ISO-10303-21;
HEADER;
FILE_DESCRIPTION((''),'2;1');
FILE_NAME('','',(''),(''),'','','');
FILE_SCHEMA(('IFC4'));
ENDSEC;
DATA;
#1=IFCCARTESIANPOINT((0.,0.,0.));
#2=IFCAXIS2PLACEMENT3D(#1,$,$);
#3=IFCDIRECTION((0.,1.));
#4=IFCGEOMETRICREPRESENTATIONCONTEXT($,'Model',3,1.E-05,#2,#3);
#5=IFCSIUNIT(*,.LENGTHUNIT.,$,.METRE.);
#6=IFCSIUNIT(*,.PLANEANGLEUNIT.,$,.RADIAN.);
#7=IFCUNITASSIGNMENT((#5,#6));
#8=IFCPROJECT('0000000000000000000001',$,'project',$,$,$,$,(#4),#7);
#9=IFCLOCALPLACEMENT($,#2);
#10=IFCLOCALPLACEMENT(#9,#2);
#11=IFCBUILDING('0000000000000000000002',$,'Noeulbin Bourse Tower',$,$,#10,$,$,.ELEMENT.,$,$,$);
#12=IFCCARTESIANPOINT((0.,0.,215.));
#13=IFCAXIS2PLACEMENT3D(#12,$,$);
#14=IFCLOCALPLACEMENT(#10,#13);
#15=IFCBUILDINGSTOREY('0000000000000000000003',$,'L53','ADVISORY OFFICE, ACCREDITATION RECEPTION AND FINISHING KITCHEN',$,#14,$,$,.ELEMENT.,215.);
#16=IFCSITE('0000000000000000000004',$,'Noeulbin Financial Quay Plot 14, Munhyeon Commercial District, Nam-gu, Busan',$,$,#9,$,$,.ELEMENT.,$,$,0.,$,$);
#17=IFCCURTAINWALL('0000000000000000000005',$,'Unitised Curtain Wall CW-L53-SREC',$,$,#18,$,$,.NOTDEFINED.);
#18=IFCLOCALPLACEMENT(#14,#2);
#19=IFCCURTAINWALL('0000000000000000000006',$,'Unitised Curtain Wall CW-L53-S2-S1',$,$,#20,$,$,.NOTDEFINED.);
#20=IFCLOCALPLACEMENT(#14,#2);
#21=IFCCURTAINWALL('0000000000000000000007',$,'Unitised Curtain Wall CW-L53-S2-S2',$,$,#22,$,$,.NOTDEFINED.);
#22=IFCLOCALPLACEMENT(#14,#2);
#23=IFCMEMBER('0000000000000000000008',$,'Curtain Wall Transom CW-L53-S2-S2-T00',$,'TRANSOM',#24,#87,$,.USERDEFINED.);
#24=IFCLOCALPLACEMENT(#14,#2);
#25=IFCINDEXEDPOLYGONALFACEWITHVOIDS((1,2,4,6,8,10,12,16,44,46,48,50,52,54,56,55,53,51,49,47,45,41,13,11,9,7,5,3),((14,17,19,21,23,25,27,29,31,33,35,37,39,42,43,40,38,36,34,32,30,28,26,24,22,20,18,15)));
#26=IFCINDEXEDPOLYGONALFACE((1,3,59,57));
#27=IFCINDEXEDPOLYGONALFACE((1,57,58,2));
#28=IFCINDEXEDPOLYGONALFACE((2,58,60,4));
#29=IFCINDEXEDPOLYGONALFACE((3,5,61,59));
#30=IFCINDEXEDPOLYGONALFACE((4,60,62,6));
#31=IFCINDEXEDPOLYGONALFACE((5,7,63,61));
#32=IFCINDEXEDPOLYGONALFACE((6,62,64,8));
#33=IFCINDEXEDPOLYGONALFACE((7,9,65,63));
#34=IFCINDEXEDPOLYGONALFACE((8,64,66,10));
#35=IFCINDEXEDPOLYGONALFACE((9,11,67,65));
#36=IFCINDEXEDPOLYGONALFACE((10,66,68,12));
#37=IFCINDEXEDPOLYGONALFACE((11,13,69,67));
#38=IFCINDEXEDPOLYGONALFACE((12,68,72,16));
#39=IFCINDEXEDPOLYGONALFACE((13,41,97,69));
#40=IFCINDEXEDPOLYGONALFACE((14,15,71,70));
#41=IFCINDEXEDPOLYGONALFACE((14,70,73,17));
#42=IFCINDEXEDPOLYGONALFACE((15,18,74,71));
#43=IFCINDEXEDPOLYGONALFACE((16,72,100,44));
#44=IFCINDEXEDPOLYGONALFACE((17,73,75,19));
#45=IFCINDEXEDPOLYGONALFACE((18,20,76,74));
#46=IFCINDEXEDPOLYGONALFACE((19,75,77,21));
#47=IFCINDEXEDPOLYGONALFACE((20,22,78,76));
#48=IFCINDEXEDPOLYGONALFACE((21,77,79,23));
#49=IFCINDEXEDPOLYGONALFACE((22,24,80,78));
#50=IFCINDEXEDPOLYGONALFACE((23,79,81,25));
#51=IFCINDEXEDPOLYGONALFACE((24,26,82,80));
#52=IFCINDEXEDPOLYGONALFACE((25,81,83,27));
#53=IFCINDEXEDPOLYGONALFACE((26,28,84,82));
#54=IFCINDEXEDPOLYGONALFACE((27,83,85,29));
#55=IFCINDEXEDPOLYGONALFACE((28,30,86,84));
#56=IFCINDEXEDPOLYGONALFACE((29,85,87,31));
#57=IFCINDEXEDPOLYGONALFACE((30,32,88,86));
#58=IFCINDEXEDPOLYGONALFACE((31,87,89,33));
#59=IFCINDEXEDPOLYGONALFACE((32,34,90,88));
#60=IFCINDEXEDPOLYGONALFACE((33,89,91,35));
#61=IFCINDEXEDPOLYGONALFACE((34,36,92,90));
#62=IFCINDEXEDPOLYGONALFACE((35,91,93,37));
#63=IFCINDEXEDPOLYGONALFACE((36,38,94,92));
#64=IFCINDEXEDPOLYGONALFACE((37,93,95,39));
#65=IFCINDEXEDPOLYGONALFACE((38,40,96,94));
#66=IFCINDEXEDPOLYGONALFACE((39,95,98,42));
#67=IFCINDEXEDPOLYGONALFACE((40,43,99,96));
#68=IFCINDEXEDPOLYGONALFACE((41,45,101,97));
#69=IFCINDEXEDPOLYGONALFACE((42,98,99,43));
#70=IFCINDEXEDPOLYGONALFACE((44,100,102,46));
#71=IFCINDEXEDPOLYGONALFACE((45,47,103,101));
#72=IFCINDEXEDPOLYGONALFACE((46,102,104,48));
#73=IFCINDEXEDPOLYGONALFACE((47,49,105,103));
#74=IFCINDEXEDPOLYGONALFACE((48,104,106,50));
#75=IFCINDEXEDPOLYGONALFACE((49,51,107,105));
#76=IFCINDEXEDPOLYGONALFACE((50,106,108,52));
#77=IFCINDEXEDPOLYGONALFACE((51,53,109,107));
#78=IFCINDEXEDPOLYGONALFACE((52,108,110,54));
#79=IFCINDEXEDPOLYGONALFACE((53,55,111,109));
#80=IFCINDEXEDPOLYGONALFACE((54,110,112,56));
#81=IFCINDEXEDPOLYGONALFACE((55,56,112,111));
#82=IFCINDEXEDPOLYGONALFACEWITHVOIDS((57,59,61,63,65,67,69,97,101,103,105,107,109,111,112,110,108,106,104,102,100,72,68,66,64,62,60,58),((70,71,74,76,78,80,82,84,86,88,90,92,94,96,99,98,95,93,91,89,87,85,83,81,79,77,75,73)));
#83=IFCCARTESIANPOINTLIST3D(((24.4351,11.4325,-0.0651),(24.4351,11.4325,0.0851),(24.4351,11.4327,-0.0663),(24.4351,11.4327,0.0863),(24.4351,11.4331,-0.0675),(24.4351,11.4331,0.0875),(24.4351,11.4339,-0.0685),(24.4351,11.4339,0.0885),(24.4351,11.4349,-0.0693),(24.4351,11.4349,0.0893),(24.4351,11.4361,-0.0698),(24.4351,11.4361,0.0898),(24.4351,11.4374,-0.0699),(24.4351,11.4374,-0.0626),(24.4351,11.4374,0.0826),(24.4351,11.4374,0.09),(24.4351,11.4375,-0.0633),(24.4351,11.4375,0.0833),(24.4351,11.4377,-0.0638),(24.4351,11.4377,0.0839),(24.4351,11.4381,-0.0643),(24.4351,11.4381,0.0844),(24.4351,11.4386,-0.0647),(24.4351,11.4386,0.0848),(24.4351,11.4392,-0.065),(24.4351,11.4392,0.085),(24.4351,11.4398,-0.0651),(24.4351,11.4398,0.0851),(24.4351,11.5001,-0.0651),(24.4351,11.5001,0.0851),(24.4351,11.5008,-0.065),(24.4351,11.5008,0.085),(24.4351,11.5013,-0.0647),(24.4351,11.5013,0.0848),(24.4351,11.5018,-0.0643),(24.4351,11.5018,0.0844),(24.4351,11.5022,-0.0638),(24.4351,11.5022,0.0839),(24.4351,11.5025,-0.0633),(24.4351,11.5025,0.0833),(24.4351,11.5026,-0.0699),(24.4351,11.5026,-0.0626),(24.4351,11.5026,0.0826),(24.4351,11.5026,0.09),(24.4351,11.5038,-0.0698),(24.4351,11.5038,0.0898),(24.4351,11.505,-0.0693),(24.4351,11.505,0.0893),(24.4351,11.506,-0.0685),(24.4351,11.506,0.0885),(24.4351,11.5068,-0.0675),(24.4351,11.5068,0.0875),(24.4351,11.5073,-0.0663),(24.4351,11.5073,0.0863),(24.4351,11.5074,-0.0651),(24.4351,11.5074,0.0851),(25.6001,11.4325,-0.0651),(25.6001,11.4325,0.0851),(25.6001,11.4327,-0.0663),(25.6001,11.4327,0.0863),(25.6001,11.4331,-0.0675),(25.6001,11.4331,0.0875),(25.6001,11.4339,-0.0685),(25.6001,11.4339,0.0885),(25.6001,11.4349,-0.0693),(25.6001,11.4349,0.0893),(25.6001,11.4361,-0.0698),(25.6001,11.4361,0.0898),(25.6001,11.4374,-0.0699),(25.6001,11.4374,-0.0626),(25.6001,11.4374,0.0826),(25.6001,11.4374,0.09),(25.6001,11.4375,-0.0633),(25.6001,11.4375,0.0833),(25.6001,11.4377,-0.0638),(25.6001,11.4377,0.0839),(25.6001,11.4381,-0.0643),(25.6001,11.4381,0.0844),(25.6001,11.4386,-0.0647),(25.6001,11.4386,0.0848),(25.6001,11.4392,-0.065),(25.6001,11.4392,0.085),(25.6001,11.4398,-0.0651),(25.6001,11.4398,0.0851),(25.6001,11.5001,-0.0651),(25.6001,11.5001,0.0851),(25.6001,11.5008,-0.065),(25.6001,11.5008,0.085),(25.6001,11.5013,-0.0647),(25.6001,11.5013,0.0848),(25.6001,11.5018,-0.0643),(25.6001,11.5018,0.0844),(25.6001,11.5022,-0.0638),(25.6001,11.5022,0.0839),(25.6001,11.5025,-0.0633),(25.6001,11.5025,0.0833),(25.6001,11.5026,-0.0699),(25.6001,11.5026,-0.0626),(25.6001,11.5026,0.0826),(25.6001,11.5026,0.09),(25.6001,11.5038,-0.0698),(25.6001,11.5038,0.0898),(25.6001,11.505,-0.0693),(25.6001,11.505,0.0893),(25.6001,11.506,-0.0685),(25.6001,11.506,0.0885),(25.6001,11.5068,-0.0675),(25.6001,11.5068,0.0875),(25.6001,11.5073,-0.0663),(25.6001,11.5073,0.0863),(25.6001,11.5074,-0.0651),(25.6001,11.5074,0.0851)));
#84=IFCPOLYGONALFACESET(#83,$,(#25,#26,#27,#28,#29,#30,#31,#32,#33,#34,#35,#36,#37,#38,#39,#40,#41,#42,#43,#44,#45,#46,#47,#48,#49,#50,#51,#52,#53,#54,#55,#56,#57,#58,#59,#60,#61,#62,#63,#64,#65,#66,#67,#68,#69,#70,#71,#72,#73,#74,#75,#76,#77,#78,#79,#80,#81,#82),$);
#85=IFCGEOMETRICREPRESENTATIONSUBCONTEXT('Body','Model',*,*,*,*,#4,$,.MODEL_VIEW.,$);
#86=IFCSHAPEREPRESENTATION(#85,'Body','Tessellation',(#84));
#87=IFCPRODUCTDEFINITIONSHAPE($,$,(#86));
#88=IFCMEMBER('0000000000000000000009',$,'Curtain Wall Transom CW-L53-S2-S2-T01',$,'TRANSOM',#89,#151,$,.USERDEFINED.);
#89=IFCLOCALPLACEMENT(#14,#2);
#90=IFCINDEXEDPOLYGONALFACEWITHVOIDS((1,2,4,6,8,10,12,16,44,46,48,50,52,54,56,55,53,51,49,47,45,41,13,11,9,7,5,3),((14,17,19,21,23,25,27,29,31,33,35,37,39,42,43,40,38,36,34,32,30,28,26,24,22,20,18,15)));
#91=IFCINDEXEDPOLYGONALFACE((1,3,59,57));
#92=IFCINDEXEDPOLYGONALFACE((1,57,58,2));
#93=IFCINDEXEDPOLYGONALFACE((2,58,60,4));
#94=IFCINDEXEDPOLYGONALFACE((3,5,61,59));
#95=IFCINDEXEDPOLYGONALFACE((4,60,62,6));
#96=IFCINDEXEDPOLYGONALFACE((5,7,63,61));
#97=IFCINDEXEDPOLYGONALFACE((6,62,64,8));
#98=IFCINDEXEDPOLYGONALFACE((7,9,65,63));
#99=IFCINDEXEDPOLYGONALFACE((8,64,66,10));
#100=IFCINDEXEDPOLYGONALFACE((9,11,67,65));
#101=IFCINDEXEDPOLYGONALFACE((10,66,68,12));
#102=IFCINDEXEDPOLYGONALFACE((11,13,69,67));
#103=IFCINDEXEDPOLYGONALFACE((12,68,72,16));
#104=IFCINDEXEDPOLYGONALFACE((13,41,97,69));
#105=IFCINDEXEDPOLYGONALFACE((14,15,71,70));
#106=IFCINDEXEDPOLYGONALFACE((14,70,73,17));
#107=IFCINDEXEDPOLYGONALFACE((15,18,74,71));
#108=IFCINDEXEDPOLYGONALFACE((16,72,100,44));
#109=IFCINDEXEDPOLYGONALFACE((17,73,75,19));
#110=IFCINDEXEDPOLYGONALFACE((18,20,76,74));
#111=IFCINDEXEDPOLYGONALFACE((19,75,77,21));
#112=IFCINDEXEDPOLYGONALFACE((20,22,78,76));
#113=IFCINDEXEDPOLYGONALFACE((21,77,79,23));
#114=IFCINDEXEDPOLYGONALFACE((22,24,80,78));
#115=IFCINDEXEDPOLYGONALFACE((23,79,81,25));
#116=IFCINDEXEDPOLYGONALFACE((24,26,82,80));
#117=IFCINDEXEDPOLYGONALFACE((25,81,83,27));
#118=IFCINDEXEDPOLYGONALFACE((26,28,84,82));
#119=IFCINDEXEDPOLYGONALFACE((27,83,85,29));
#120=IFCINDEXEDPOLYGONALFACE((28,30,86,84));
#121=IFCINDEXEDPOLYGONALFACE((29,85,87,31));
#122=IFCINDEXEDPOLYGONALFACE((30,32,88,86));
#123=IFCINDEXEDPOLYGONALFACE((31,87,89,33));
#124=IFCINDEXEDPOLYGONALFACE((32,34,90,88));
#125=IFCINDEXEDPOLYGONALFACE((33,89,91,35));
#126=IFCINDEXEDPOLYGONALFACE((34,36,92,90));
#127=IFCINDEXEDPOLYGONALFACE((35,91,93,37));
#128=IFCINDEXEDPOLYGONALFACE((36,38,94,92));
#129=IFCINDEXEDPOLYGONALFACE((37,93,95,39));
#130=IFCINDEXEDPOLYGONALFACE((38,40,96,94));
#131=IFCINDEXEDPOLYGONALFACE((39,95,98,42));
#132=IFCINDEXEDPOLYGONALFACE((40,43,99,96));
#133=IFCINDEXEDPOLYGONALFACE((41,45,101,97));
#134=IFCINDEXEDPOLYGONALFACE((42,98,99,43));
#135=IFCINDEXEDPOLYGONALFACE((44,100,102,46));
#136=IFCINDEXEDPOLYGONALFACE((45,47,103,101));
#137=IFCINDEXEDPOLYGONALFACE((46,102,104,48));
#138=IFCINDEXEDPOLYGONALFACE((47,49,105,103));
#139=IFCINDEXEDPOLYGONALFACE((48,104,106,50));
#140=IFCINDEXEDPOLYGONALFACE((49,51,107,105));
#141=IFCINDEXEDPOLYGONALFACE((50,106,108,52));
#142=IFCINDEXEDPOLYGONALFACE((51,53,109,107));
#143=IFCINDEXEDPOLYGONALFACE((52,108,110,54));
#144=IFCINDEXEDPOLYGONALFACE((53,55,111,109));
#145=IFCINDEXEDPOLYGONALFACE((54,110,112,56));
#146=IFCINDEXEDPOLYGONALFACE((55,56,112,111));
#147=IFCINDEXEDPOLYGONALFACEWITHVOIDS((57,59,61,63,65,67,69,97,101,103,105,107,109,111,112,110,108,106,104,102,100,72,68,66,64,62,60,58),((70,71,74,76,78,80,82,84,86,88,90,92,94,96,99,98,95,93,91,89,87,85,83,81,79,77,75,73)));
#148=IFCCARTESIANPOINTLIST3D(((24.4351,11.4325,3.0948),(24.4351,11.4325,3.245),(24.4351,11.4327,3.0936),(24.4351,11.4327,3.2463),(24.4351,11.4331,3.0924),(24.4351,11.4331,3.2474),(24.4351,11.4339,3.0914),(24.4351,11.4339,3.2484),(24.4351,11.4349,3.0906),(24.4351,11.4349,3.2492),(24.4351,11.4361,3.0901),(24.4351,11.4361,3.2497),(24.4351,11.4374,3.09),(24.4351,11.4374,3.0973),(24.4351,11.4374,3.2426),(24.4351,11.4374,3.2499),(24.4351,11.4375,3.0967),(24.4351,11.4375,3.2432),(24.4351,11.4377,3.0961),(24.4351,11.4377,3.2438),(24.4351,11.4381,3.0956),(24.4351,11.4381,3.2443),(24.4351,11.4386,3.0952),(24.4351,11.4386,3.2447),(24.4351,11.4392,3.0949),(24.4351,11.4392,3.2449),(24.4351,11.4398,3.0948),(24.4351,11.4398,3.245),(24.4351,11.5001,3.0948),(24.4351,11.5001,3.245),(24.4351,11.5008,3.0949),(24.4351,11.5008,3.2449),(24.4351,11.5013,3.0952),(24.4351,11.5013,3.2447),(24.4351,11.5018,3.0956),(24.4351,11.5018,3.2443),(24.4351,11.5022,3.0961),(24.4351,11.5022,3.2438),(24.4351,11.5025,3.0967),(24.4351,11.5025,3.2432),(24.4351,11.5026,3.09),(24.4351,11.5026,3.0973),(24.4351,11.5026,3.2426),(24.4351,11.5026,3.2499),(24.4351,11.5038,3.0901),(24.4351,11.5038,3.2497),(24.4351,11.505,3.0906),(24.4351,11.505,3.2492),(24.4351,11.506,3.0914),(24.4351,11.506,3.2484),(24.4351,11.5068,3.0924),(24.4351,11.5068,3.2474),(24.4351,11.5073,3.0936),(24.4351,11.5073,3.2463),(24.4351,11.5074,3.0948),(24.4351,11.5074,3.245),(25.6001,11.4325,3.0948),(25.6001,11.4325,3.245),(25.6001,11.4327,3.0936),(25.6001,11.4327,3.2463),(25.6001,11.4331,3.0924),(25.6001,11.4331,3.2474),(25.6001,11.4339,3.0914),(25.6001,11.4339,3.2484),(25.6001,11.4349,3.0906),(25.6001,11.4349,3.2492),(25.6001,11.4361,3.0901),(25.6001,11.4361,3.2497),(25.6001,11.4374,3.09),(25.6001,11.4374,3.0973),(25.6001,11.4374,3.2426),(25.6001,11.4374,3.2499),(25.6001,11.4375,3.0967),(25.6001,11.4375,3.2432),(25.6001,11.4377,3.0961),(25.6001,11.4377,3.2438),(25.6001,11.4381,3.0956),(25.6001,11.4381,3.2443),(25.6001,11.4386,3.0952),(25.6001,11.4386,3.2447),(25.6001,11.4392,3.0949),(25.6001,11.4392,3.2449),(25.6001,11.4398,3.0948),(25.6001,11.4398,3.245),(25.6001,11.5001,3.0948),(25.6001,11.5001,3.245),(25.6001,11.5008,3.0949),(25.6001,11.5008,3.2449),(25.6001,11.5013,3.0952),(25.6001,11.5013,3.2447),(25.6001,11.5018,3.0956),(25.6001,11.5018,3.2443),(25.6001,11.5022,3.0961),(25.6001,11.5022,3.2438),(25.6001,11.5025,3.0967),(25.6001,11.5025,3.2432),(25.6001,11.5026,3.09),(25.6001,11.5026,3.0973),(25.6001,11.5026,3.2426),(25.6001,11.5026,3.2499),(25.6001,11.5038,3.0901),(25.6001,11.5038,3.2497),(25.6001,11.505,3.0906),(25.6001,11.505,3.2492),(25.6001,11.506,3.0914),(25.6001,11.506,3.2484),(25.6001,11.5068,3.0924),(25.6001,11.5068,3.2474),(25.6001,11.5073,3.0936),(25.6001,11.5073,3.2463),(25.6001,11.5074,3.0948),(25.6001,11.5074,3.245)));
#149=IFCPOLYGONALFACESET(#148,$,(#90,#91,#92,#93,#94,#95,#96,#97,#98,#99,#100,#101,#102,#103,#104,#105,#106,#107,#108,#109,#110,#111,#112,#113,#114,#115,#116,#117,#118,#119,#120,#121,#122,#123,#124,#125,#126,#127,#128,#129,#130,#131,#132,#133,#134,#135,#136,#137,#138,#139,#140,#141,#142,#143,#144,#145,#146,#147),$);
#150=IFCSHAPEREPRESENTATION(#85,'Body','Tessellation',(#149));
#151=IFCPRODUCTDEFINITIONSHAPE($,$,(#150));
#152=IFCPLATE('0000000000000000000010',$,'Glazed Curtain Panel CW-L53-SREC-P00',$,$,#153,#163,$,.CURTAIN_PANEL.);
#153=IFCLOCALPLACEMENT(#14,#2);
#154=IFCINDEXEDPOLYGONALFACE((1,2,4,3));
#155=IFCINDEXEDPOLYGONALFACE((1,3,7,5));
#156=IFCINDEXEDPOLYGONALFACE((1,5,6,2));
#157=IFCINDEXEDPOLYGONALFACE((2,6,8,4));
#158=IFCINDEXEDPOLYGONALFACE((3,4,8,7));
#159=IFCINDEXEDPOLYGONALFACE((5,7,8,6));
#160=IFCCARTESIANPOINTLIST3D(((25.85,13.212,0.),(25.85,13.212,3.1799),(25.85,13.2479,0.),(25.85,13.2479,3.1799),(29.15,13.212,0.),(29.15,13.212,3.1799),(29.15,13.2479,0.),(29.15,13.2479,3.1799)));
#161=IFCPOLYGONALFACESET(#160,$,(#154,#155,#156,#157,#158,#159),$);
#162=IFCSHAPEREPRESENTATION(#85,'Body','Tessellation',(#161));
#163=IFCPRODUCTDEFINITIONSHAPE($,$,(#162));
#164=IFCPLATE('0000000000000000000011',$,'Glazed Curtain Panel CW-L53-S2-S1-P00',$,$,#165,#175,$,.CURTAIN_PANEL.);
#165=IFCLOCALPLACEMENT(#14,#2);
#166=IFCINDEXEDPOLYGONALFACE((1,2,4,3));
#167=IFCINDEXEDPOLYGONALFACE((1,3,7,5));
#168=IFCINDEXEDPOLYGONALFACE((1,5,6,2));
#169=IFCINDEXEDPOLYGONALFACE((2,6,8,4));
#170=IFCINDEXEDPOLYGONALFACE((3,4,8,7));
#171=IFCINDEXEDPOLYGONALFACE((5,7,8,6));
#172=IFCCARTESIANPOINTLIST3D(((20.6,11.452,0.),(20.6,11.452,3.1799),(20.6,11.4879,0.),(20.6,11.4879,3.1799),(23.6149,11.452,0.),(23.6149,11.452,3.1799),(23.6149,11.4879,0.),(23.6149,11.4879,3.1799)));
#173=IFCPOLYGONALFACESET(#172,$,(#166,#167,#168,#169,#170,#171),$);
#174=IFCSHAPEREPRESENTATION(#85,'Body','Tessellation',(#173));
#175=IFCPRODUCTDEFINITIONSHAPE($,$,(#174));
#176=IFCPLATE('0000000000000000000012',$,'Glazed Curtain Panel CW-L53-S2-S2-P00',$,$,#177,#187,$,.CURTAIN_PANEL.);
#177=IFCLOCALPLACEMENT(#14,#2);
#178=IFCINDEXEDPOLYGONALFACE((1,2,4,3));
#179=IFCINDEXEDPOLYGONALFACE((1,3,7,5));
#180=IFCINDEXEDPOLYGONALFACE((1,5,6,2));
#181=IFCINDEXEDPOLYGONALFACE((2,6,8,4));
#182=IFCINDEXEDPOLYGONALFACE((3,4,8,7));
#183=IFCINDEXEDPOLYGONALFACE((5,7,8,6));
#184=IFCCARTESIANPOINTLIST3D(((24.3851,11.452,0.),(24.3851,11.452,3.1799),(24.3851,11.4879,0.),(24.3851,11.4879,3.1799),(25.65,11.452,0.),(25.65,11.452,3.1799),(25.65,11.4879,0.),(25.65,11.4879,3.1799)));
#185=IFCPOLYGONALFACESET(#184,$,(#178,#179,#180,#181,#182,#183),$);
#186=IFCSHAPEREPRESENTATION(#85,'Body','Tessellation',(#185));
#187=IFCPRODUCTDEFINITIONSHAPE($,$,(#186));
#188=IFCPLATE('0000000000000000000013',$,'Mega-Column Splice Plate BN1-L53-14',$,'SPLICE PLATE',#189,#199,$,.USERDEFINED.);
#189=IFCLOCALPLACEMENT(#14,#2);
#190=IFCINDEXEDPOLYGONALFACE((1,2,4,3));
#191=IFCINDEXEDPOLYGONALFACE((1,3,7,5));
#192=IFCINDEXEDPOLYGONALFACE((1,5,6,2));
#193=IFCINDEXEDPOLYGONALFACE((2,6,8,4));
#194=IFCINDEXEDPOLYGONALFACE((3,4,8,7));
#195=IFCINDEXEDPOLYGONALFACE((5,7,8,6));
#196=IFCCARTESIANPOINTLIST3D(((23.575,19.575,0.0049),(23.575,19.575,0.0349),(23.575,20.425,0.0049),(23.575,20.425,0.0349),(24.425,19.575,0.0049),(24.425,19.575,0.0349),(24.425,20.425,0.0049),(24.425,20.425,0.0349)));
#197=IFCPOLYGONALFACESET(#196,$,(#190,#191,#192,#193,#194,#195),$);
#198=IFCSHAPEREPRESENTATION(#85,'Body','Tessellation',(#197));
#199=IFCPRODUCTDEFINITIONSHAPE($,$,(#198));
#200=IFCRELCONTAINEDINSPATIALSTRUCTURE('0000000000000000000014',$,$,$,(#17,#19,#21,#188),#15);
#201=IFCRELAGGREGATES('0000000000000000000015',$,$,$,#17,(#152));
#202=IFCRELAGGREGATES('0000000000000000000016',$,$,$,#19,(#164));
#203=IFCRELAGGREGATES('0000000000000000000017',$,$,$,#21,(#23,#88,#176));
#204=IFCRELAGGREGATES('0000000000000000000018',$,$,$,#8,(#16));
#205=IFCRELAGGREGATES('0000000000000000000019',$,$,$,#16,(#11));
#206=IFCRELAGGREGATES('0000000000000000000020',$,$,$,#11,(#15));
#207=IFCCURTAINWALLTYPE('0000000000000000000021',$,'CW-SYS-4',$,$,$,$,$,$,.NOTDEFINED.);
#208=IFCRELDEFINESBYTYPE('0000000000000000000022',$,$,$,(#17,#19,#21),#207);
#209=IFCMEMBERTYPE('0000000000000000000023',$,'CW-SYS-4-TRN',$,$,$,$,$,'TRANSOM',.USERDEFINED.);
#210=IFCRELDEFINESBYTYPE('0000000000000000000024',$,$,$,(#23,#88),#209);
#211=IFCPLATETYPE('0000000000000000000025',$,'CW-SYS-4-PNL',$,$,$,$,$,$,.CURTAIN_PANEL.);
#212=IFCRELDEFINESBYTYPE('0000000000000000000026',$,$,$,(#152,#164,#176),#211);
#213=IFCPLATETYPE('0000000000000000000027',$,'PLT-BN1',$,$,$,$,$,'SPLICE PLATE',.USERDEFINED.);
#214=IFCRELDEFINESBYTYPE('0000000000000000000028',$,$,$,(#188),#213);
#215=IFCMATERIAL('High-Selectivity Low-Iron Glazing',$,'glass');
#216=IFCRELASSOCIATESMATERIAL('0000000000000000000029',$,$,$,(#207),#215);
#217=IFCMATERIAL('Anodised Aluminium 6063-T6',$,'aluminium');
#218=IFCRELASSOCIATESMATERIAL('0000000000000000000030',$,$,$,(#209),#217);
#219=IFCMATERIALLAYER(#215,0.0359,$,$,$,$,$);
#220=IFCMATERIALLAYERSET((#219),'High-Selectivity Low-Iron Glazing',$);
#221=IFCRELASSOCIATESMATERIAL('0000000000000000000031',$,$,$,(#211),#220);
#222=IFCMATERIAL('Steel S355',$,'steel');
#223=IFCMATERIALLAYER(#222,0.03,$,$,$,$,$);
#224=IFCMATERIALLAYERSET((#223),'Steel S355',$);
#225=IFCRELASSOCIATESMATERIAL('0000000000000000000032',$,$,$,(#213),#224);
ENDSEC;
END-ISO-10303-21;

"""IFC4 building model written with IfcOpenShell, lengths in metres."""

from ifc_helpers import new_model, si_unit, direction, frame, origin, origin_2d, place, context, subcontext, project, spatial, rectangle, hollow_rectangle, extrude, material, layer, layer_set, material_profile, profile_set, type_object, element, aggregate, save


model = new_model("IFC4")

# Units and contexts
model_context = context("Model", 3, precision=1e-05, world=origin(), true_north=direction((0.0, 1.0)))
body_context = subcontext(model_context, "Body", "Model", "MODEL_VIEW")
ifc_project = project(units=[si_unit("LENGTHUNIT", "METRE"), si_unit("PLANEANGLEUNIT", "RADIAN")], contexts=[model_context])

# Site, building, storey
site_placement = place(None, origin())
site = spatial("IfcSite", under=ifc_project, at=site_placement, Name="Noeulbin Financial Quay Plot 14, Munhyeon Commercial District, Nam-gu, Busan", CompositionType="ELEMENT", RefElevation=0.0)
building_placement = place(site_placement, origin())
building = spatial("IfcBuilding", under=site, at=building_placement, Name="Noeulbin Bourse Tower", CompositionType="ELEMENT")
storey_placement = place(building_placement, frame((0.0, 0.0, 215.0)))
storey = spatial("IfcBuildingStorey", under=building, at=storey_placement, Name="L53", Description="ADVISORY OFFICE, ACCREDITATION RECEPTION AND FINISHING KITCHEN", CompositionType="ELEMENT", Elevation=215.0)

# Shared definitions
ifc_material_1 = material(Name="Steel S355", Category="steel")

# Curtain walls
ifc_material_2 = material(Name="High-Selectivity Low-Iron Glazing", Category="glass")
curtain_wall_type = type_object("IfcCurtainWallType", Name="CW-SYS-4", PredefinedType="NOTDEFINED", material=ifc_material_2)
curtain_wall_1_placement = place(storey_placement, origin())
curtain_wall_1 = element("IfcCurtainWall", 1, at=curtain_wall_1_placement, inside=storey, type_object=curtain_wall_type, Name="Unitised Curtain Wall CW-L53-SREC", PredefinedType="NOTDEFINED")
ifc_material_3 = material(Name="Anodised Aluminium 6063-T6", Category="aluminium")
curtain_wall_2_placement = place(storey_placement, origin())
curtain_wall_2 = element("IfcCurtainWall", 2, at=curtain_wall_2_placement, inside=storey, type_object=curtain_wall_type, Name="Unitised Curtain Wall CW-L53-S2-S1", PredefinedType="NOTDEFINED")
curtain_wall_3_placement = place(storey_placement, origin())
curtain_wall_3 = element("IfcCurtainWall", 3, at=curtain_wall_3_placement, inside=storey, type_object=curtain_wall_type, Name="Unitised Curtain Wall CW-L53-S2-S2", PredefinedType="NOTDEFINED")

# Members
ifc_material_profile_1 = material_profile(ifc_material_3, hollow_rectangle(XDim=0.075, YDim=0.1599, WallThickness=0.0049, InnerFilletRadius=0.0024, OuterFilletRadius=0.0049, at=origin_2d()), Name="ALU-TRAN-75x160x5", Category="LoadBearing")
ifc_profile_set_1 = profile_set([ifc_material_profile_1], Name="Anodised Aluminium 6063-T6")
member_type_1 = type_object("IfcMemberType", Name="CW-SYS-4-TRN", ElementType="TRANSOM", PredefinedType="USERDEFINED", material=ifc_profile_set_1)
member_1_placement = place(storey_placement, frame((24.4351, 11.47, 0.01), z_axis=(1.0, 0.0, 0.0), x_axis=(0.0, 1.0, 0.0)))
member_1 = element("IfcMember", 4, at=member_1_placement, type_object=member_type_1, Name="Curtain Wall Transom CW-L53-S2-S2-T00", ObjectType="TRANSOM", PredefinedType="USERDEFINED", context=body_context, shape_type="SweptSolid", body=[
    extrude(hollow_rectangle(XDim=0.075, YDim=0.1599, WallThickness=0.0049, InnerFilletRadius=0.0024, OuterFilletRadius=0.0049, at=origin_2d()), origin(), (0.0, 0.0, 1.0), 1.165),
])
member_2_placement = place(storey_placement, frame((24.4351, 11.47, 3.1699), z_axis=(1.0, 0.0, 0.0), x_axis=(0.0, 1.0, 0.0)))
member_2 = element("IfcMember", 5, at=member_2_placement, type_object=member_type_1, Name="Curtain Wall Transom CW-L53-S2-S2-T01", ObjectType="TRANSOM", PredefinedType="USERDEFINED", context=body_context, shape_type="SweptSolid", body=[
    extrude(hollow_rectangle(XDim=0.075, YDim=0.1599, WallThickness=0.0049, InnerFilletRadius=0.0024, OuterFilletRadius=0.0049, at=origin_2d()), origin(), (0.0, 0.0, 1.0), 1.165),
])

# Plates
ifc_layer_1 = layer(ifc_material_2, 0.0359)
ifc_layer_set_1 = layer_set([ifc_layer_1], Name="High-Selectivity Low-Iron Glazing")
plate_type_1 = type_object("IfcPlateType", Name="CW-SYS-4-PNL", PredefinedType="CURTAIN_PANEL", material=ifc_layer_set_1)
plate_1_placement = place(storey_placement, frame((27.5, 13.23, 0.0), z_axis=(0.0, 0.0, 1.0), x_axis=(1.0, 0.0, 0.0)))
plate_1 = element("IfcPlate", 6, at=plate_1_placement, type_object=plate_type_1, Name="Glazed Curtain Panel CW-L53-SREC-P00", PredefinedType="CURTAIN_PANEL", context=body_context, shape_type="SweptSolid", body=[
    extrude(rectangle(XDim=3.3, YDim=0.0359, at=origin_2d()), origin(), (0.0, 0.0, 1.0), 3.1799),
])
aggregate(curtain_wall_1, [plate_1])
plate_2_placement = place(storey_placement, frame((22.1074, 11.47, 0.0), z_axis=(0.0, 0.0, 1.0), x_axis=(1.0, 0.0, 0.0)))
plate_2 = element("IfcPlate", 7, at=plate_2_placement, type_object=plate_type_1, Name="Glazed Curtain Panel CW-L53-S2-S1-P00", PredefinedType="CURTAIN_PANEL", context=body_context, shape_type="SweptSolid", body=[
    extrude(rectangle(XDim=3.0149, YDim=0.0359, at=origin_2d()), origin(), (0.0, 0.0, 1.0), 3.1799),
])
aggregate(curtain_wall_2, [plate_2])
plate_3_placement = place(storey_placement, frame((25.0176, 11.47, 0.0), z_axis=(0.0, 0.0, 1.0), x_axis=(1.0, 0.0, 0.0)))
plate_3 = element("IfcPlate", 8, at=plate_3_placement, type_object=plate_type_1, Name="Glazed Curtain Panel CW-L53-S2-S2-P00", PredefinedType="CURTAIN_PANEL", context=body_context, shape_type="SweptSolid", body=[
    extrude(rectangle(XDim=1.2649, YDim=0.0359, at=origin_2d()), origin(), (0.0, 0.0, 1.0), 3.1799),
])
aggregate(curtain_wall_3, [member_1, member_2, plate_3])

# Plate
ifc_layer_2 = layer(ifc_material_1, 0.03)
ifc_layer_set_2 = layer_set([ifc_layer_2], Name="Steel S355")
plate_type_2 = type_object("IfcPlateType", Name="PLT-BN1", ElementType="SPLICE PLATE", PredefinedType="USERDEFINED", material=ifc_layer_set_2)
for number, where, z_axis, x_axis, name in (
    (9, (24.0, 20.0, 0.0049), (0.0, 0.0, 1.0), (1.0, 0.0, 0.0), "Mega-Column Splice Plate BN1-L53-14"),
):
    element("IfcPlate", number, at=place(storey_placement, frame(where, z_axis=z_axis, x_axis=x_axis)), inside=storey, type_object=plate_type_2, Name=name, ObjectType="SPLICE PLATE", PredefinedType="USERDEFINED", context=body_context, shape_type="SweptSolid", body=[
        extrude(rectangle(XDim=0.8501, YDim=0.8501, at=origin_2d()), origin(), (0.0, 0.0, 1.0), 0.03),
    ])

save(model, "model.ifc")
